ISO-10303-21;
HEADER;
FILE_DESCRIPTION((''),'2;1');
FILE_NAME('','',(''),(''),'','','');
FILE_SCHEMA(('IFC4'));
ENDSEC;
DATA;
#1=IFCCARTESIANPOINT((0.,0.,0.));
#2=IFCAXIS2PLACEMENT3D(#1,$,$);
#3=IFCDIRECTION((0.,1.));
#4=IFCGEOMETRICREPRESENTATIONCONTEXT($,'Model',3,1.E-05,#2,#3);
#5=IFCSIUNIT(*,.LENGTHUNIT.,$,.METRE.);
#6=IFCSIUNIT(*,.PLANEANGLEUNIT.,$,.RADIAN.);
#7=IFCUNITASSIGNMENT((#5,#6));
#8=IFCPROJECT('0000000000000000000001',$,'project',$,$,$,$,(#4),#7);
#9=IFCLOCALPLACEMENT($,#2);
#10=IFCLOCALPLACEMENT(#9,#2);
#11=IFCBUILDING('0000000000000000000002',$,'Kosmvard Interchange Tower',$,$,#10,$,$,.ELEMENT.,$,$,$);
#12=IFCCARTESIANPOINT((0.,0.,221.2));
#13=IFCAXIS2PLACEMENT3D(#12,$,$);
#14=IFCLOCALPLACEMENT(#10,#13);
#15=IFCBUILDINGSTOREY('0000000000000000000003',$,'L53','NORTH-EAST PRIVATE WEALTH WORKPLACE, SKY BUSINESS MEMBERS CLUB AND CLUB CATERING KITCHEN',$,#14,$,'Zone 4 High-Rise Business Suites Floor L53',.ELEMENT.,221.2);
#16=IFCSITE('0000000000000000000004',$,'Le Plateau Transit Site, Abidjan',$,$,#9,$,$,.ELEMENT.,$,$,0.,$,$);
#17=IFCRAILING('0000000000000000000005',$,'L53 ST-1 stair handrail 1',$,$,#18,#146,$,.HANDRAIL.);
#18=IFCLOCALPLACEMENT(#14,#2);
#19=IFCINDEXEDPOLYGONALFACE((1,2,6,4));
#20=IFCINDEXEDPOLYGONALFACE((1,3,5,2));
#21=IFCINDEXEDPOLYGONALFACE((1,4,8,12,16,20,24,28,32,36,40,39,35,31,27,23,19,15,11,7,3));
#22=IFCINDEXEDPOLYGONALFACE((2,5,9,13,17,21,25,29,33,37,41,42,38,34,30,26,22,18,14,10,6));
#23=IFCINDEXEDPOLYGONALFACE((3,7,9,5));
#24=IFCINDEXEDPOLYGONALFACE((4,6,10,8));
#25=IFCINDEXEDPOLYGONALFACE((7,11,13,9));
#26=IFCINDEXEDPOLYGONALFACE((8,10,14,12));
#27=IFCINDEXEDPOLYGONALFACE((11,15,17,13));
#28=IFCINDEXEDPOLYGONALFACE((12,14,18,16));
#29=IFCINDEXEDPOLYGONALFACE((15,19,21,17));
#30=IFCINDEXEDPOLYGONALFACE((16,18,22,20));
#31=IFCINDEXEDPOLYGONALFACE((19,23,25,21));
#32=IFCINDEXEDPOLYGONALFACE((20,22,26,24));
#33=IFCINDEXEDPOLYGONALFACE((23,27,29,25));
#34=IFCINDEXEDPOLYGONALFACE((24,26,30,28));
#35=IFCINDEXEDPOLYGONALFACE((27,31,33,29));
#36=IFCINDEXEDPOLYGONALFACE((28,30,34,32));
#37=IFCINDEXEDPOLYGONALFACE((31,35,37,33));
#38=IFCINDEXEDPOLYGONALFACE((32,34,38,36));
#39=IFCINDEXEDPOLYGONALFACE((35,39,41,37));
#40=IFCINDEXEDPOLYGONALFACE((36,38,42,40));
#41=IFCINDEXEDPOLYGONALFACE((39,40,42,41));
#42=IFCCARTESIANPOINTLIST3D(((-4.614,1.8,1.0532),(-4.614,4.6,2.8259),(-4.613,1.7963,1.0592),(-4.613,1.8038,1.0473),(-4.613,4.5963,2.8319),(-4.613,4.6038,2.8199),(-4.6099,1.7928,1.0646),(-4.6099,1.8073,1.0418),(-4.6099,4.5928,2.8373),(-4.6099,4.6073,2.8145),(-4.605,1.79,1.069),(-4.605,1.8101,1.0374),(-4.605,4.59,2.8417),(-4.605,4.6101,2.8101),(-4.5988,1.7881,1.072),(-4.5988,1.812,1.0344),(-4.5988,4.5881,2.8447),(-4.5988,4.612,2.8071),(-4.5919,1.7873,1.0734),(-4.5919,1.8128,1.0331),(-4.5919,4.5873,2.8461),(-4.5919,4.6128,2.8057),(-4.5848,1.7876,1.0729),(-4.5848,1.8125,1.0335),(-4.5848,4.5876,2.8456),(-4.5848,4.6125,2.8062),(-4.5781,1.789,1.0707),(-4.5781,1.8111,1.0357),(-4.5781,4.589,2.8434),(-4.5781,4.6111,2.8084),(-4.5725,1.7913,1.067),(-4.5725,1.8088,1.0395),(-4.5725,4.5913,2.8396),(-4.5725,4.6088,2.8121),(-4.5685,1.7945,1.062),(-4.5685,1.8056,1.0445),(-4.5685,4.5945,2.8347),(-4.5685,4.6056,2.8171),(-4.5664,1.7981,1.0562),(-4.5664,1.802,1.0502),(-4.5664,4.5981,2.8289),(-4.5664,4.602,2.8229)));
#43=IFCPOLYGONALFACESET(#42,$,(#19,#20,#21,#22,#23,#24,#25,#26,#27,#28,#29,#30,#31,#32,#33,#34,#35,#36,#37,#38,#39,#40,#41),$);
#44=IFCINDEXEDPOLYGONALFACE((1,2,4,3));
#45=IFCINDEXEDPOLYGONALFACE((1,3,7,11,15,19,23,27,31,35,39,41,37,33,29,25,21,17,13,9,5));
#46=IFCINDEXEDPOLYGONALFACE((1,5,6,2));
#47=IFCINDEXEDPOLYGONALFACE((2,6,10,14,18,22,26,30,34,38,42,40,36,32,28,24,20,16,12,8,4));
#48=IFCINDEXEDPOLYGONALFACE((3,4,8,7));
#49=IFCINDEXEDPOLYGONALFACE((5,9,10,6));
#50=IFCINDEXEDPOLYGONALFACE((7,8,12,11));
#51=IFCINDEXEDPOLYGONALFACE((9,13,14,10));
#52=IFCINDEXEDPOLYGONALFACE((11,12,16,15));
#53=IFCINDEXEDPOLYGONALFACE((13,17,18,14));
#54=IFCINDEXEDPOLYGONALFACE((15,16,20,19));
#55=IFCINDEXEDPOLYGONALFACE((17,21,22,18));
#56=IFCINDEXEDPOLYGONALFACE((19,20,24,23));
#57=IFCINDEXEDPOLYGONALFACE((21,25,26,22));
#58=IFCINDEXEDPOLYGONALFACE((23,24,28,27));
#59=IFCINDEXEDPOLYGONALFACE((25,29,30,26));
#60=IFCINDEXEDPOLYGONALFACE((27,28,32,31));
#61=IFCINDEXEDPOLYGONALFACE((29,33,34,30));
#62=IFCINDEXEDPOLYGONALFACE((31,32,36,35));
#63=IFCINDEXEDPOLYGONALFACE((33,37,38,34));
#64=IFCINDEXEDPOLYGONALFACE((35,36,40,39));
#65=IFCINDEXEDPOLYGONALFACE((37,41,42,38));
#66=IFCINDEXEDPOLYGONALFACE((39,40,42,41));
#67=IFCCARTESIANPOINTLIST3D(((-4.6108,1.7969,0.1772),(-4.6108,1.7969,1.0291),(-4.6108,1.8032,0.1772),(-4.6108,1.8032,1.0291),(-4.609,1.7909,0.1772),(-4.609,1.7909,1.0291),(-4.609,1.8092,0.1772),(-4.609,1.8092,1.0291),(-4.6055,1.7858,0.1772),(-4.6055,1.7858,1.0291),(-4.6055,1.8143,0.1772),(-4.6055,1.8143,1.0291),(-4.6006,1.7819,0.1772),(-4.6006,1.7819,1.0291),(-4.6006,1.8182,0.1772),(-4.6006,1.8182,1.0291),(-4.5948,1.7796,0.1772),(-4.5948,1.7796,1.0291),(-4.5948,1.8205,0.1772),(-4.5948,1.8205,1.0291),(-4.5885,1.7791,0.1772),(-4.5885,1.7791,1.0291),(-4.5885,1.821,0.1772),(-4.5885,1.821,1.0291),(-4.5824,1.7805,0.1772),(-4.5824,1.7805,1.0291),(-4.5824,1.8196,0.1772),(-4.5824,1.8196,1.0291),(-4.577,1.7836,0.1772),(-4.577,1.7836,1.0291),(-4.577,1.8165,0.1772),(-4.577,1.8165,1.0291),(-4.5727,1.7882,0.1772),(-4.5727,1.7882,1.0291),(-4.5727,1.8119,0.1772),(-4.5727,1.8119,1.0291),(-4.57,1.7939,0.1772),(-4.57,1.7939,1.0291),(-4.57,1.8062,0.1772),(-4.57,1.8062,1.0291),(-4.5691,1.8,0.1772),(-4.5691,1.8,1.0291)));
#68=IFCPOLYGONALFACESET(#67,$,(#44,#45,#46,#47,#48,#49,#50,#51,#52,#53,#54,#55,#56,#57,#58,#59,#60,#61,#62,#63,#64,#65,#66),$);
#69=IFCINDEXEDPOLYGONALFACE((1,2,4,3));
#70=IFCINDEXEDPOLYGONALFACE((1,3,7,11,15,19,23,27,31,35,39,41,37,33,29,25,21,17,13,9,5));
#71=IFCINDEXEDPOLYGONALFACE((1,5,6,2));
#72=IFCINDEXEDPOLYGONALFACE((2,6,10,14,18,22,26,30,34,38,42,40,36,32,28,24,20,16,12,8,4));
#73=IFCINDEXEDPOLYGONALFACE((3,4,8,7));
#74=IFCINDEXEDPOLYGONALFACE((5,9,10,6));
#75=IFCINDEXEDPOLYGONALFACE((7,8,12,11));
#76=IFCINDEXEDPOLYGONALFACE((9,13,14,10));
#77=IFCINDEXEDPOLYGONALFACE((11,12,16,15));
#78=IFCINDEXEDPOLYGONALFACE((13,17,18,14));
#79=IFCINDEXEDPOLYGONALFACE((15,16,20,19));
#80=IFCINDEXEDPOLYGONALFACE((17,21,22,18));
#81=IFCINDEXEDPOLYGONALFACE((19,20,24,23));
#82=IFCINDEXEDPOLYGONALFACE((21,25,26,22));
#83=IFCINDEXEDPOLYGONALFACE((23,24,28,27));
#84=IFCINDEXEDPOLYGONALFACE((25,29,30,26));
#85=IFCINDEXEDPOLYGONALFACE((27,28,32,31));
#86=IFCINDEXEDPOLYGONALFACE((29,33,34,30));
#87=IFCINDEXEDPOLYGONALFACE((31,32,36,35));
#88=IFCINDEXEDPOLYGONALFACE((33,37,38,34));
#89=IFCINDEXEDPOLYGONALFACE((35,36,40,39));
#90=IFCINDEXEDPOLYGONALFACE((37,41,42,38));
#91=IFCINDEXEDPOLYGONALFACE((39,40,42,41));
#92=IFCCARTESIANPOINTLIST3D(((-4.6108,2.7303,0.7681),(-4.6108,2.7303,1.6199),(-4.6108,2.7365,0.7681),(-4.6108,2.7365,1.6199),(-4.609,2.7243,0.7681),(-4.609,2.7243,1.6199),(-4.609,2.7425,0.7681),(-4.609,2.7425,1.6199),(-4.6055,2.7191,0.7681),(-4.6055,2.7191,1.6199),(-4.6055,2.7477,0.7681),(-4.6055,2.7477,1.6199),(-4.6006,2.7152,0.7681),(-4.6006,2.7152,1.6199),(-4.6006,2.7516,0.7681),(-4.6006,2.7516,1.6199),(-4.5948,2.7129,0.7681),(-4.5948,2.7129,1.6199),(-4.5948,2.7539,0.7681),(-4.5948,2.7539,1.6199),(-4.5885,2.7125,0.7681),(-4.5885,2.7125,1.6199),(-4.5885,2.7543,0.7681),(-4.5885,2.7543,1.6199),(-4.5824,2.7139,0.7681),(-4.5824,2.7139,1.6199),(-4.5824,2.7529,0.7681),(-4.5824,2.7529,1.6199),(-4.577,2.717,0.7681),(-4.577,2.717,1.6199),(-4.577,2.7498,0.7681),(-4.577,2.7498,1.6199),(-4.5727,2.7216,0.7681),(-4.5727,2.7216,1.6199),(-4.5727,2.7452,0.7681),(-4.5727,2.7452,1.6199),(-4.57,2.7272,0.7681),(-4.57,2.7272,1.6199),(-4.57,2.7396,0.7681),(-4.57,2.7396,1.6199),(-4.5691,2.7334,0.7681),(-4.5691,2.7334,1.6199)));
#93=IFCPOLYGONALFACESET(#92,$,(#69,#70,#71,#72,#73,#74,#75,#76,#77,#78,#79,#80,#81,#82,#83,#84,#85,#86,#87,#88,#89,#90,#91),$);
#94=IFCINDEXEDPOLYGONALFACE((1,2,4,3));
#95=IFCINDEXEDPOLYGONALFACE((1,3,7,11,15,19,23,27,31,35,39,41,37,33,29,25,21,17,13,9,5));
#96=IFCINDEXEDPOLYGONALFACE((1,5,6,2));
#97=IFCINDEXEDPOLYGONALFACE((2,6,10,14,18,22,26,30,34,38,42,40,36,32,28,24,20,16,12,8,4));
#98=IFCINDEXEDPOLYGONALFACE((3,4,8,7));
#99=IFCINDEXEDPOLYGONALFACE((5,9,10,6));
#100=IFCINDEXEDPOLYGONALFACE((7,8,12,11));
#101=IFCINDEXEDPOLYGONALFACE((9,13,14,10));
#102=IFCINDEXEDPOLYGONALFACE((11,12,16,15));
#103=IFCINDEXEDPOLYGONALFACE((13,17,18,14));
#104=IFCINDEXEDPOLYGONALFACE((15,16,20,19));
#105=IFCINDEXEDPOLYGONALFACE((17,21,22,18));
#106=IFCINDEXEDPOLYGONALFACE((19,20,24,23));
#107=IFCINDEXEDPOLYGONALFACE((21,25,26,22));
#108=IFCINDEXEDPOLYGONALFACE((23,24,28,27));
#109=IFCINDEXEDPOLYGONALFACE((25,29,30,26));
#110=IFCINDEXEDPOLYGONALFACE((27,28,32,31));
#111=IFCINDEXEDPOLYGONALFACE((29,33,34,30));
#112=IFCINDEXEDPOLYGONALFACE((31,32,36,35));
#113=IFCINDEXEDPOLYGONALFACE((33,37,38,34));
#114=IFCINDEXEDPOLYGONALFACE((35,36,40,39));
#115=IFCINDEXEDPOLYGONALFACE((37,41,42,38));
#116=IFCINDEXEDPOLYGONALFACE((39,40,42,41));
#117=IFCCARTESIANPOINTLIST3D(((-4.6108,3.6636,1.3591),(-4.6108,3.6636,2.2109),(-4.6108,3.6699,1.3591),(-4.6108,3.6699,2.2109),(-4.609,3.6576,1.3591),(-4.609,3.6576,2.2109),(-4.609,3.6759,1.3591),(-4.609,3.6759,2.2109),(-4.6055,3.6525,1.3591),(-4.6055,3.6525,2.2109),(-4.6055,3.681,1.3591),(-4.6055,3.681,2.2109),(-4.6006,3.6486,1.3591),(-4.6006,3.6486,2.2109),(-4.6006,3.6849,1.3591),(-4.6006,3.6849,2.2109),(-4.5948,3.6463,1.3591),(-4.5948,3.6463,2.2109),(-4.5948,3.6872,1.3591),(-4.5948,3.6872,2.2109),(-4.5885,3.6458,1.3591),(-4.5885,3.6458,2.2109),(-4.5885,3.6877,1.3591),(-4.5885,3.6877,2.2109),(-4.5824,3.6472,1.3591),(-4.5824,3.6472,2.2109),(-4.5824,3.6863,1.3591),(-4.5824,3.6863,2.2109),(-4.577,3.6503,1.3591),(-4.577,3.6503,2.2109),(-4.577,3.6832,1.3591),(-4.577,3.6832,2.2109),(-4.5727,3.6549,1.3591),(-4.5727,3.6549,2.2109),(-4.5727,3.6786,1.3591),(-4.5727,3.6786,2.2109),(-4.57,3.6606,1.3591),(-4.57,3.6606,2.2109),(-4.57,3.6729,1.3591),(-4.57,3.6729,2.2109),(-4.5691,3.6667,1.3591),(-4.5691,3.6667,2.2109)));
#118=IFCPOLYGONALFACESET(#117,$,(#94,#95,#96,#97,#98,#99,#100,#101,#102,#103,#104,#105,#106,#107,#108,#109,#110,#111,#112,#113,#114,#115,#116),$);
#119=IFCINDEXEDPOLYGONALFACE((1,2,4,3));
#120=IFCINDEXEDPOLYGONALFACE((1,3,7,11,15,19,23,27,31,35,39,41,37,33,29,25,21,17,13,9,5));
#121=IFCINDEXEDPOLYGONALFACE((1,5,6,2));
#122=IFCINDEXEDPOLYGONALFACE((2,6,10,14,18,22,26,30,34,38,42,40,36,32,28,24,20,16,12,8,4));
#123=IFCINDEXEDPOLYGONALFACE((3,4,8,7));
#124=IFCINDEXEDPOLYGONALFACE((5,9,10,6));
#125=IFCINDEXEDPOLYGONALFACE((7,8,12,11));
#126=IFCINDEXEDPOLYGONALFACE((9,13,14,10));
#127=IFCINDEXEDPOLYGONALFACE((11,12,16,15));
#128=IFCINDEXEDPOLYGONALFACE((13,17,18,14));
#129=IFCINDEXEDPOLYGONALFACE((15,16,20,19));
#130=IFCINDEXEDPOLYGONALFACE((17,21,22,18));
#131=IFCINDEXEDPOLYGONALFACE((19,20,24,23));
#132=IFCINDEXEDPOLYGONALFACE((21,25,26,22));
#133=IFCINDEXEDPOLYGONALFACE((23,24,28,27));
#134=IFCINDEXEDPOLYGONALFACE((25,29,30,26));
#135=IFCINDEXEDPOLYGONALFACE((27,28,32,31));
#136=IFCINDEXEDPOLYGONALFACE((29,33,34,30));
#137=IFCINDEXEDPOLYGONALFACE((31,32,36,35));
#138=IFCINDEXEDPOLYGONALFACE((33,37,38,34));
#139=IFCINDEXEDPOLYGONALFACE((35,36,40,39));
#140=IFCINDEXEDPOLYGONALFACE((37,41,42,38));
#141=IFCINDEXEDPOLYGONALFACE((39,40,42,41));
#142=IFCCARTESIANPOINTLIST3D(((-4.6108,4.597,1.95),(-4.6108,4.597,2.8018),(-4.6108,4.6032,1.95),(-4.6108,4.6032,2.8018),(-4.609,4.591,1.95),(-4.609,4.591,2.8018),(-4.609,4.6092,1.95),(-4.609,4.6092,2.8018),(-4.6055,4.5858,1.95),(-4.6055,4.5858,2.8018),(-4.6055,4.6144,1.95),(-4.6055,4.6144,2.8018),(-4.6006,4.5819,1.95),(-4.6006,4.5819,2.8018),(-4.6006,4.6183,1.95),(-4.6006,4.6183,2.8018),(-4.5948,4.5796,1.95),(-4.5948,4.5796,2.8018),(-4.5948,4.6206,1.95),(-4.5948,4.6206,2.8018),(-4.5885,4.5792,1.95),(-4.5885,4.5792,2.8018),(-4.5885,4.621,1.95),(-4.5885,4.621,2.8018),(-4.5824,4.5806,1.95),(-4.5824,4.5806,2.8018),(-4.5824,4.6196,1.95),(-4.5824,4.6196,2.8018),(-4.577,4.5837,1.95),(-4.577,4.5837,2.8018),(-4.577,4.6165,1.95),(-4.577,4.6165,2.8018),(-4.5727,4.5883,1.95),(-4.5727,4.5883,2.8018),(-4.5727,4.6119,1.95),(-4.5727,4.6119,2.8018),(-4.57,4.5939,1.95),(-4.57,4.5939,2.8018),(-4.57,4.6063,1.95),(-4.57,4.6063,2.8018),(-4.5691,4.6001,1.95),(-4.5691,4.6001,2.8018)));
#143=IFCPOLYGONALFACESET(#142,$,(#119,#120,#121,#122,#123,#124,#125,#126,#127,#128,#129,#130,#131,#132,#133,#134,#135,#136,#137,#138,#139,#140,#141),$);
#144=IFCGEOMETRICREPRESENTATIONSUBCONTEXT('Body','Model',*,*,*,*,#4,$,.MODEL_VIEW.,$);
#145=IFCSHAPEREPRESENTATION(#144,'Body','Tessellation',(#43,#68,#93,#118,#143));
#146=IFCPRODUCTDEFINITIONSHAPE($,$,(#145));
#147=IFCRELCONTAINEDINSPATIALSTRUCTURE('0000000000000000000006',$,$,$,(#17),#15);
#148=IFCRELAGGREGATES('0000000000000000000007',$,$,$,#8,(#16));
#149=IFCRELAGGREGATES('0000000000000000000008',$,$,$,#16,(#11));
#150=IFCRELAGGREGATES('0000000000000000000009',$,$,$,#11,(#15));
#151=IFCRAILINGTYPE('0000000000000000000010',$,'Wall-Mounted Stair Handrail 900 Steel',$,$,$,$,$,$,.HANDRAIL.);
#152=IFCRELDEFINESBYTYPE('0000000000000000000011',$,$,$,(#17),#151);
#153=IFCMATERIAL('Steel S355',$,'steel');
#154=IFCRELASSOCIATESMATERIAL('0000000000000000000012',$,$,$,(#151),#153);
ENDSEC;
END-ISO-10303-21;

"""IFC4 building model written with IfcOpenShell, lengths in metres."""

from ifc_helpers import new_model, si_unit, direction, frame, origin, origin_2d, place, context, subcontext, project, spatial, circle, extrude, source, transform, mapped, material, type_object, element, save


model = new_model("IFC4")

# Units and contexts
model_context = context("Model", 3, precision=1e-05, world=origin(), true_north=direction((0.0, 1.0)))
body_context = subcontext(model_context, "Body", "Model", "MODEL_VIEW")
ifc_project = project(units=[si_unit("LENGTHUNIT", "METRE"), si_unit("PLANEANGLEUNIT", "RADIAN")], contexts=[model_context])

# Site, building, storey
site_placement = place(None, origin())
site = spatial("IfcSite", under=ifc_project, at=site_placement, Name="Le Plateau Transit Site, Abidjan", CompositionType="ELEMENT", RefElevation=0.0)
building_placement = place(site_placement, origin())
building = spatial("IfcBuilding", under=site, at=building_placement, Name="Kosmvard Interchange Tower", CompositionType="ELEMENT")
storey_placement = place(building_placement, frame((0.0, 0.0, 221.2)))
storey = spatial("IfcBuildingStorey", under=building, at=storey_placement, Name="L53", Description="NORTH-EAST PRIVATE WEALTH WORKPLACE, SKY BUSINESS MEMBERS CLUB AND CLUB CATERING KITCHEN", LongName="Zone 4 High-Rise Business Suites Floor L53", CompositionType="ELEMENT", Elevation=221.2)

# Shared definitions
ifc_material_1 = material(Name="Steel S355", Category="steel")

# Railing
railing_type_1 = type_object("IfcRailingType", Name="Wall-Mounted Stair Handrail 900 Steel", PredefinedType="HANDRAIL", material=ifc_material_1)
shared_shape_1 = source(origin(), body_context, "Body", "SweptSolid", [
    extrude(circle(Radius=0.0239, at=origin_2d()), frame((0.0, 0.0, 0.876), z_axis=(0.0, 0.844909, 0.53491), x_axis=(-1.0, 0.0, 0.0)), (0.0, 0.0, 1.0), 3.314),
    extrude(circle(Radius=0.021, at=origin_2d()), origin(), (0.0, 0.0, 1.0), 0.8518),
    extrude(circle(Radius=0.021, at=origin_2d()), frame((0.0, 0.9333, 0.5908)), (0.0, 0.0, 1.0), 0.8518),
    extrude(circle(Radius=0.021, at=origin_2d()), frame((0.0, 1.8667, 1.1819)), (0.0, 0.0, 1.0), 0.8518),
    extrude(circle(Radius=0.021, at=origin_2d()), frame((0.0, 2.8, 1.7727)), (0.0, 0.0, 1.0), 0.8518),
])
railing_1_placement = place(storey_placement, frame((-4.5901, 1.8, 0.1772)))
element("IfcRailing", 1, at=railing_1_placement, inside=storey, type_object=railing_type_1, Name="L53 ST-1 stair handrail 1", PredefinedType="HANDRAIL", context=body_context, shape_type="MappedRepresentation", body=[
    mapped(shared_shape_1, transform((0.0, 0.0, 0.0), scale=1.0)),
])

save(model, "model.ifc")
